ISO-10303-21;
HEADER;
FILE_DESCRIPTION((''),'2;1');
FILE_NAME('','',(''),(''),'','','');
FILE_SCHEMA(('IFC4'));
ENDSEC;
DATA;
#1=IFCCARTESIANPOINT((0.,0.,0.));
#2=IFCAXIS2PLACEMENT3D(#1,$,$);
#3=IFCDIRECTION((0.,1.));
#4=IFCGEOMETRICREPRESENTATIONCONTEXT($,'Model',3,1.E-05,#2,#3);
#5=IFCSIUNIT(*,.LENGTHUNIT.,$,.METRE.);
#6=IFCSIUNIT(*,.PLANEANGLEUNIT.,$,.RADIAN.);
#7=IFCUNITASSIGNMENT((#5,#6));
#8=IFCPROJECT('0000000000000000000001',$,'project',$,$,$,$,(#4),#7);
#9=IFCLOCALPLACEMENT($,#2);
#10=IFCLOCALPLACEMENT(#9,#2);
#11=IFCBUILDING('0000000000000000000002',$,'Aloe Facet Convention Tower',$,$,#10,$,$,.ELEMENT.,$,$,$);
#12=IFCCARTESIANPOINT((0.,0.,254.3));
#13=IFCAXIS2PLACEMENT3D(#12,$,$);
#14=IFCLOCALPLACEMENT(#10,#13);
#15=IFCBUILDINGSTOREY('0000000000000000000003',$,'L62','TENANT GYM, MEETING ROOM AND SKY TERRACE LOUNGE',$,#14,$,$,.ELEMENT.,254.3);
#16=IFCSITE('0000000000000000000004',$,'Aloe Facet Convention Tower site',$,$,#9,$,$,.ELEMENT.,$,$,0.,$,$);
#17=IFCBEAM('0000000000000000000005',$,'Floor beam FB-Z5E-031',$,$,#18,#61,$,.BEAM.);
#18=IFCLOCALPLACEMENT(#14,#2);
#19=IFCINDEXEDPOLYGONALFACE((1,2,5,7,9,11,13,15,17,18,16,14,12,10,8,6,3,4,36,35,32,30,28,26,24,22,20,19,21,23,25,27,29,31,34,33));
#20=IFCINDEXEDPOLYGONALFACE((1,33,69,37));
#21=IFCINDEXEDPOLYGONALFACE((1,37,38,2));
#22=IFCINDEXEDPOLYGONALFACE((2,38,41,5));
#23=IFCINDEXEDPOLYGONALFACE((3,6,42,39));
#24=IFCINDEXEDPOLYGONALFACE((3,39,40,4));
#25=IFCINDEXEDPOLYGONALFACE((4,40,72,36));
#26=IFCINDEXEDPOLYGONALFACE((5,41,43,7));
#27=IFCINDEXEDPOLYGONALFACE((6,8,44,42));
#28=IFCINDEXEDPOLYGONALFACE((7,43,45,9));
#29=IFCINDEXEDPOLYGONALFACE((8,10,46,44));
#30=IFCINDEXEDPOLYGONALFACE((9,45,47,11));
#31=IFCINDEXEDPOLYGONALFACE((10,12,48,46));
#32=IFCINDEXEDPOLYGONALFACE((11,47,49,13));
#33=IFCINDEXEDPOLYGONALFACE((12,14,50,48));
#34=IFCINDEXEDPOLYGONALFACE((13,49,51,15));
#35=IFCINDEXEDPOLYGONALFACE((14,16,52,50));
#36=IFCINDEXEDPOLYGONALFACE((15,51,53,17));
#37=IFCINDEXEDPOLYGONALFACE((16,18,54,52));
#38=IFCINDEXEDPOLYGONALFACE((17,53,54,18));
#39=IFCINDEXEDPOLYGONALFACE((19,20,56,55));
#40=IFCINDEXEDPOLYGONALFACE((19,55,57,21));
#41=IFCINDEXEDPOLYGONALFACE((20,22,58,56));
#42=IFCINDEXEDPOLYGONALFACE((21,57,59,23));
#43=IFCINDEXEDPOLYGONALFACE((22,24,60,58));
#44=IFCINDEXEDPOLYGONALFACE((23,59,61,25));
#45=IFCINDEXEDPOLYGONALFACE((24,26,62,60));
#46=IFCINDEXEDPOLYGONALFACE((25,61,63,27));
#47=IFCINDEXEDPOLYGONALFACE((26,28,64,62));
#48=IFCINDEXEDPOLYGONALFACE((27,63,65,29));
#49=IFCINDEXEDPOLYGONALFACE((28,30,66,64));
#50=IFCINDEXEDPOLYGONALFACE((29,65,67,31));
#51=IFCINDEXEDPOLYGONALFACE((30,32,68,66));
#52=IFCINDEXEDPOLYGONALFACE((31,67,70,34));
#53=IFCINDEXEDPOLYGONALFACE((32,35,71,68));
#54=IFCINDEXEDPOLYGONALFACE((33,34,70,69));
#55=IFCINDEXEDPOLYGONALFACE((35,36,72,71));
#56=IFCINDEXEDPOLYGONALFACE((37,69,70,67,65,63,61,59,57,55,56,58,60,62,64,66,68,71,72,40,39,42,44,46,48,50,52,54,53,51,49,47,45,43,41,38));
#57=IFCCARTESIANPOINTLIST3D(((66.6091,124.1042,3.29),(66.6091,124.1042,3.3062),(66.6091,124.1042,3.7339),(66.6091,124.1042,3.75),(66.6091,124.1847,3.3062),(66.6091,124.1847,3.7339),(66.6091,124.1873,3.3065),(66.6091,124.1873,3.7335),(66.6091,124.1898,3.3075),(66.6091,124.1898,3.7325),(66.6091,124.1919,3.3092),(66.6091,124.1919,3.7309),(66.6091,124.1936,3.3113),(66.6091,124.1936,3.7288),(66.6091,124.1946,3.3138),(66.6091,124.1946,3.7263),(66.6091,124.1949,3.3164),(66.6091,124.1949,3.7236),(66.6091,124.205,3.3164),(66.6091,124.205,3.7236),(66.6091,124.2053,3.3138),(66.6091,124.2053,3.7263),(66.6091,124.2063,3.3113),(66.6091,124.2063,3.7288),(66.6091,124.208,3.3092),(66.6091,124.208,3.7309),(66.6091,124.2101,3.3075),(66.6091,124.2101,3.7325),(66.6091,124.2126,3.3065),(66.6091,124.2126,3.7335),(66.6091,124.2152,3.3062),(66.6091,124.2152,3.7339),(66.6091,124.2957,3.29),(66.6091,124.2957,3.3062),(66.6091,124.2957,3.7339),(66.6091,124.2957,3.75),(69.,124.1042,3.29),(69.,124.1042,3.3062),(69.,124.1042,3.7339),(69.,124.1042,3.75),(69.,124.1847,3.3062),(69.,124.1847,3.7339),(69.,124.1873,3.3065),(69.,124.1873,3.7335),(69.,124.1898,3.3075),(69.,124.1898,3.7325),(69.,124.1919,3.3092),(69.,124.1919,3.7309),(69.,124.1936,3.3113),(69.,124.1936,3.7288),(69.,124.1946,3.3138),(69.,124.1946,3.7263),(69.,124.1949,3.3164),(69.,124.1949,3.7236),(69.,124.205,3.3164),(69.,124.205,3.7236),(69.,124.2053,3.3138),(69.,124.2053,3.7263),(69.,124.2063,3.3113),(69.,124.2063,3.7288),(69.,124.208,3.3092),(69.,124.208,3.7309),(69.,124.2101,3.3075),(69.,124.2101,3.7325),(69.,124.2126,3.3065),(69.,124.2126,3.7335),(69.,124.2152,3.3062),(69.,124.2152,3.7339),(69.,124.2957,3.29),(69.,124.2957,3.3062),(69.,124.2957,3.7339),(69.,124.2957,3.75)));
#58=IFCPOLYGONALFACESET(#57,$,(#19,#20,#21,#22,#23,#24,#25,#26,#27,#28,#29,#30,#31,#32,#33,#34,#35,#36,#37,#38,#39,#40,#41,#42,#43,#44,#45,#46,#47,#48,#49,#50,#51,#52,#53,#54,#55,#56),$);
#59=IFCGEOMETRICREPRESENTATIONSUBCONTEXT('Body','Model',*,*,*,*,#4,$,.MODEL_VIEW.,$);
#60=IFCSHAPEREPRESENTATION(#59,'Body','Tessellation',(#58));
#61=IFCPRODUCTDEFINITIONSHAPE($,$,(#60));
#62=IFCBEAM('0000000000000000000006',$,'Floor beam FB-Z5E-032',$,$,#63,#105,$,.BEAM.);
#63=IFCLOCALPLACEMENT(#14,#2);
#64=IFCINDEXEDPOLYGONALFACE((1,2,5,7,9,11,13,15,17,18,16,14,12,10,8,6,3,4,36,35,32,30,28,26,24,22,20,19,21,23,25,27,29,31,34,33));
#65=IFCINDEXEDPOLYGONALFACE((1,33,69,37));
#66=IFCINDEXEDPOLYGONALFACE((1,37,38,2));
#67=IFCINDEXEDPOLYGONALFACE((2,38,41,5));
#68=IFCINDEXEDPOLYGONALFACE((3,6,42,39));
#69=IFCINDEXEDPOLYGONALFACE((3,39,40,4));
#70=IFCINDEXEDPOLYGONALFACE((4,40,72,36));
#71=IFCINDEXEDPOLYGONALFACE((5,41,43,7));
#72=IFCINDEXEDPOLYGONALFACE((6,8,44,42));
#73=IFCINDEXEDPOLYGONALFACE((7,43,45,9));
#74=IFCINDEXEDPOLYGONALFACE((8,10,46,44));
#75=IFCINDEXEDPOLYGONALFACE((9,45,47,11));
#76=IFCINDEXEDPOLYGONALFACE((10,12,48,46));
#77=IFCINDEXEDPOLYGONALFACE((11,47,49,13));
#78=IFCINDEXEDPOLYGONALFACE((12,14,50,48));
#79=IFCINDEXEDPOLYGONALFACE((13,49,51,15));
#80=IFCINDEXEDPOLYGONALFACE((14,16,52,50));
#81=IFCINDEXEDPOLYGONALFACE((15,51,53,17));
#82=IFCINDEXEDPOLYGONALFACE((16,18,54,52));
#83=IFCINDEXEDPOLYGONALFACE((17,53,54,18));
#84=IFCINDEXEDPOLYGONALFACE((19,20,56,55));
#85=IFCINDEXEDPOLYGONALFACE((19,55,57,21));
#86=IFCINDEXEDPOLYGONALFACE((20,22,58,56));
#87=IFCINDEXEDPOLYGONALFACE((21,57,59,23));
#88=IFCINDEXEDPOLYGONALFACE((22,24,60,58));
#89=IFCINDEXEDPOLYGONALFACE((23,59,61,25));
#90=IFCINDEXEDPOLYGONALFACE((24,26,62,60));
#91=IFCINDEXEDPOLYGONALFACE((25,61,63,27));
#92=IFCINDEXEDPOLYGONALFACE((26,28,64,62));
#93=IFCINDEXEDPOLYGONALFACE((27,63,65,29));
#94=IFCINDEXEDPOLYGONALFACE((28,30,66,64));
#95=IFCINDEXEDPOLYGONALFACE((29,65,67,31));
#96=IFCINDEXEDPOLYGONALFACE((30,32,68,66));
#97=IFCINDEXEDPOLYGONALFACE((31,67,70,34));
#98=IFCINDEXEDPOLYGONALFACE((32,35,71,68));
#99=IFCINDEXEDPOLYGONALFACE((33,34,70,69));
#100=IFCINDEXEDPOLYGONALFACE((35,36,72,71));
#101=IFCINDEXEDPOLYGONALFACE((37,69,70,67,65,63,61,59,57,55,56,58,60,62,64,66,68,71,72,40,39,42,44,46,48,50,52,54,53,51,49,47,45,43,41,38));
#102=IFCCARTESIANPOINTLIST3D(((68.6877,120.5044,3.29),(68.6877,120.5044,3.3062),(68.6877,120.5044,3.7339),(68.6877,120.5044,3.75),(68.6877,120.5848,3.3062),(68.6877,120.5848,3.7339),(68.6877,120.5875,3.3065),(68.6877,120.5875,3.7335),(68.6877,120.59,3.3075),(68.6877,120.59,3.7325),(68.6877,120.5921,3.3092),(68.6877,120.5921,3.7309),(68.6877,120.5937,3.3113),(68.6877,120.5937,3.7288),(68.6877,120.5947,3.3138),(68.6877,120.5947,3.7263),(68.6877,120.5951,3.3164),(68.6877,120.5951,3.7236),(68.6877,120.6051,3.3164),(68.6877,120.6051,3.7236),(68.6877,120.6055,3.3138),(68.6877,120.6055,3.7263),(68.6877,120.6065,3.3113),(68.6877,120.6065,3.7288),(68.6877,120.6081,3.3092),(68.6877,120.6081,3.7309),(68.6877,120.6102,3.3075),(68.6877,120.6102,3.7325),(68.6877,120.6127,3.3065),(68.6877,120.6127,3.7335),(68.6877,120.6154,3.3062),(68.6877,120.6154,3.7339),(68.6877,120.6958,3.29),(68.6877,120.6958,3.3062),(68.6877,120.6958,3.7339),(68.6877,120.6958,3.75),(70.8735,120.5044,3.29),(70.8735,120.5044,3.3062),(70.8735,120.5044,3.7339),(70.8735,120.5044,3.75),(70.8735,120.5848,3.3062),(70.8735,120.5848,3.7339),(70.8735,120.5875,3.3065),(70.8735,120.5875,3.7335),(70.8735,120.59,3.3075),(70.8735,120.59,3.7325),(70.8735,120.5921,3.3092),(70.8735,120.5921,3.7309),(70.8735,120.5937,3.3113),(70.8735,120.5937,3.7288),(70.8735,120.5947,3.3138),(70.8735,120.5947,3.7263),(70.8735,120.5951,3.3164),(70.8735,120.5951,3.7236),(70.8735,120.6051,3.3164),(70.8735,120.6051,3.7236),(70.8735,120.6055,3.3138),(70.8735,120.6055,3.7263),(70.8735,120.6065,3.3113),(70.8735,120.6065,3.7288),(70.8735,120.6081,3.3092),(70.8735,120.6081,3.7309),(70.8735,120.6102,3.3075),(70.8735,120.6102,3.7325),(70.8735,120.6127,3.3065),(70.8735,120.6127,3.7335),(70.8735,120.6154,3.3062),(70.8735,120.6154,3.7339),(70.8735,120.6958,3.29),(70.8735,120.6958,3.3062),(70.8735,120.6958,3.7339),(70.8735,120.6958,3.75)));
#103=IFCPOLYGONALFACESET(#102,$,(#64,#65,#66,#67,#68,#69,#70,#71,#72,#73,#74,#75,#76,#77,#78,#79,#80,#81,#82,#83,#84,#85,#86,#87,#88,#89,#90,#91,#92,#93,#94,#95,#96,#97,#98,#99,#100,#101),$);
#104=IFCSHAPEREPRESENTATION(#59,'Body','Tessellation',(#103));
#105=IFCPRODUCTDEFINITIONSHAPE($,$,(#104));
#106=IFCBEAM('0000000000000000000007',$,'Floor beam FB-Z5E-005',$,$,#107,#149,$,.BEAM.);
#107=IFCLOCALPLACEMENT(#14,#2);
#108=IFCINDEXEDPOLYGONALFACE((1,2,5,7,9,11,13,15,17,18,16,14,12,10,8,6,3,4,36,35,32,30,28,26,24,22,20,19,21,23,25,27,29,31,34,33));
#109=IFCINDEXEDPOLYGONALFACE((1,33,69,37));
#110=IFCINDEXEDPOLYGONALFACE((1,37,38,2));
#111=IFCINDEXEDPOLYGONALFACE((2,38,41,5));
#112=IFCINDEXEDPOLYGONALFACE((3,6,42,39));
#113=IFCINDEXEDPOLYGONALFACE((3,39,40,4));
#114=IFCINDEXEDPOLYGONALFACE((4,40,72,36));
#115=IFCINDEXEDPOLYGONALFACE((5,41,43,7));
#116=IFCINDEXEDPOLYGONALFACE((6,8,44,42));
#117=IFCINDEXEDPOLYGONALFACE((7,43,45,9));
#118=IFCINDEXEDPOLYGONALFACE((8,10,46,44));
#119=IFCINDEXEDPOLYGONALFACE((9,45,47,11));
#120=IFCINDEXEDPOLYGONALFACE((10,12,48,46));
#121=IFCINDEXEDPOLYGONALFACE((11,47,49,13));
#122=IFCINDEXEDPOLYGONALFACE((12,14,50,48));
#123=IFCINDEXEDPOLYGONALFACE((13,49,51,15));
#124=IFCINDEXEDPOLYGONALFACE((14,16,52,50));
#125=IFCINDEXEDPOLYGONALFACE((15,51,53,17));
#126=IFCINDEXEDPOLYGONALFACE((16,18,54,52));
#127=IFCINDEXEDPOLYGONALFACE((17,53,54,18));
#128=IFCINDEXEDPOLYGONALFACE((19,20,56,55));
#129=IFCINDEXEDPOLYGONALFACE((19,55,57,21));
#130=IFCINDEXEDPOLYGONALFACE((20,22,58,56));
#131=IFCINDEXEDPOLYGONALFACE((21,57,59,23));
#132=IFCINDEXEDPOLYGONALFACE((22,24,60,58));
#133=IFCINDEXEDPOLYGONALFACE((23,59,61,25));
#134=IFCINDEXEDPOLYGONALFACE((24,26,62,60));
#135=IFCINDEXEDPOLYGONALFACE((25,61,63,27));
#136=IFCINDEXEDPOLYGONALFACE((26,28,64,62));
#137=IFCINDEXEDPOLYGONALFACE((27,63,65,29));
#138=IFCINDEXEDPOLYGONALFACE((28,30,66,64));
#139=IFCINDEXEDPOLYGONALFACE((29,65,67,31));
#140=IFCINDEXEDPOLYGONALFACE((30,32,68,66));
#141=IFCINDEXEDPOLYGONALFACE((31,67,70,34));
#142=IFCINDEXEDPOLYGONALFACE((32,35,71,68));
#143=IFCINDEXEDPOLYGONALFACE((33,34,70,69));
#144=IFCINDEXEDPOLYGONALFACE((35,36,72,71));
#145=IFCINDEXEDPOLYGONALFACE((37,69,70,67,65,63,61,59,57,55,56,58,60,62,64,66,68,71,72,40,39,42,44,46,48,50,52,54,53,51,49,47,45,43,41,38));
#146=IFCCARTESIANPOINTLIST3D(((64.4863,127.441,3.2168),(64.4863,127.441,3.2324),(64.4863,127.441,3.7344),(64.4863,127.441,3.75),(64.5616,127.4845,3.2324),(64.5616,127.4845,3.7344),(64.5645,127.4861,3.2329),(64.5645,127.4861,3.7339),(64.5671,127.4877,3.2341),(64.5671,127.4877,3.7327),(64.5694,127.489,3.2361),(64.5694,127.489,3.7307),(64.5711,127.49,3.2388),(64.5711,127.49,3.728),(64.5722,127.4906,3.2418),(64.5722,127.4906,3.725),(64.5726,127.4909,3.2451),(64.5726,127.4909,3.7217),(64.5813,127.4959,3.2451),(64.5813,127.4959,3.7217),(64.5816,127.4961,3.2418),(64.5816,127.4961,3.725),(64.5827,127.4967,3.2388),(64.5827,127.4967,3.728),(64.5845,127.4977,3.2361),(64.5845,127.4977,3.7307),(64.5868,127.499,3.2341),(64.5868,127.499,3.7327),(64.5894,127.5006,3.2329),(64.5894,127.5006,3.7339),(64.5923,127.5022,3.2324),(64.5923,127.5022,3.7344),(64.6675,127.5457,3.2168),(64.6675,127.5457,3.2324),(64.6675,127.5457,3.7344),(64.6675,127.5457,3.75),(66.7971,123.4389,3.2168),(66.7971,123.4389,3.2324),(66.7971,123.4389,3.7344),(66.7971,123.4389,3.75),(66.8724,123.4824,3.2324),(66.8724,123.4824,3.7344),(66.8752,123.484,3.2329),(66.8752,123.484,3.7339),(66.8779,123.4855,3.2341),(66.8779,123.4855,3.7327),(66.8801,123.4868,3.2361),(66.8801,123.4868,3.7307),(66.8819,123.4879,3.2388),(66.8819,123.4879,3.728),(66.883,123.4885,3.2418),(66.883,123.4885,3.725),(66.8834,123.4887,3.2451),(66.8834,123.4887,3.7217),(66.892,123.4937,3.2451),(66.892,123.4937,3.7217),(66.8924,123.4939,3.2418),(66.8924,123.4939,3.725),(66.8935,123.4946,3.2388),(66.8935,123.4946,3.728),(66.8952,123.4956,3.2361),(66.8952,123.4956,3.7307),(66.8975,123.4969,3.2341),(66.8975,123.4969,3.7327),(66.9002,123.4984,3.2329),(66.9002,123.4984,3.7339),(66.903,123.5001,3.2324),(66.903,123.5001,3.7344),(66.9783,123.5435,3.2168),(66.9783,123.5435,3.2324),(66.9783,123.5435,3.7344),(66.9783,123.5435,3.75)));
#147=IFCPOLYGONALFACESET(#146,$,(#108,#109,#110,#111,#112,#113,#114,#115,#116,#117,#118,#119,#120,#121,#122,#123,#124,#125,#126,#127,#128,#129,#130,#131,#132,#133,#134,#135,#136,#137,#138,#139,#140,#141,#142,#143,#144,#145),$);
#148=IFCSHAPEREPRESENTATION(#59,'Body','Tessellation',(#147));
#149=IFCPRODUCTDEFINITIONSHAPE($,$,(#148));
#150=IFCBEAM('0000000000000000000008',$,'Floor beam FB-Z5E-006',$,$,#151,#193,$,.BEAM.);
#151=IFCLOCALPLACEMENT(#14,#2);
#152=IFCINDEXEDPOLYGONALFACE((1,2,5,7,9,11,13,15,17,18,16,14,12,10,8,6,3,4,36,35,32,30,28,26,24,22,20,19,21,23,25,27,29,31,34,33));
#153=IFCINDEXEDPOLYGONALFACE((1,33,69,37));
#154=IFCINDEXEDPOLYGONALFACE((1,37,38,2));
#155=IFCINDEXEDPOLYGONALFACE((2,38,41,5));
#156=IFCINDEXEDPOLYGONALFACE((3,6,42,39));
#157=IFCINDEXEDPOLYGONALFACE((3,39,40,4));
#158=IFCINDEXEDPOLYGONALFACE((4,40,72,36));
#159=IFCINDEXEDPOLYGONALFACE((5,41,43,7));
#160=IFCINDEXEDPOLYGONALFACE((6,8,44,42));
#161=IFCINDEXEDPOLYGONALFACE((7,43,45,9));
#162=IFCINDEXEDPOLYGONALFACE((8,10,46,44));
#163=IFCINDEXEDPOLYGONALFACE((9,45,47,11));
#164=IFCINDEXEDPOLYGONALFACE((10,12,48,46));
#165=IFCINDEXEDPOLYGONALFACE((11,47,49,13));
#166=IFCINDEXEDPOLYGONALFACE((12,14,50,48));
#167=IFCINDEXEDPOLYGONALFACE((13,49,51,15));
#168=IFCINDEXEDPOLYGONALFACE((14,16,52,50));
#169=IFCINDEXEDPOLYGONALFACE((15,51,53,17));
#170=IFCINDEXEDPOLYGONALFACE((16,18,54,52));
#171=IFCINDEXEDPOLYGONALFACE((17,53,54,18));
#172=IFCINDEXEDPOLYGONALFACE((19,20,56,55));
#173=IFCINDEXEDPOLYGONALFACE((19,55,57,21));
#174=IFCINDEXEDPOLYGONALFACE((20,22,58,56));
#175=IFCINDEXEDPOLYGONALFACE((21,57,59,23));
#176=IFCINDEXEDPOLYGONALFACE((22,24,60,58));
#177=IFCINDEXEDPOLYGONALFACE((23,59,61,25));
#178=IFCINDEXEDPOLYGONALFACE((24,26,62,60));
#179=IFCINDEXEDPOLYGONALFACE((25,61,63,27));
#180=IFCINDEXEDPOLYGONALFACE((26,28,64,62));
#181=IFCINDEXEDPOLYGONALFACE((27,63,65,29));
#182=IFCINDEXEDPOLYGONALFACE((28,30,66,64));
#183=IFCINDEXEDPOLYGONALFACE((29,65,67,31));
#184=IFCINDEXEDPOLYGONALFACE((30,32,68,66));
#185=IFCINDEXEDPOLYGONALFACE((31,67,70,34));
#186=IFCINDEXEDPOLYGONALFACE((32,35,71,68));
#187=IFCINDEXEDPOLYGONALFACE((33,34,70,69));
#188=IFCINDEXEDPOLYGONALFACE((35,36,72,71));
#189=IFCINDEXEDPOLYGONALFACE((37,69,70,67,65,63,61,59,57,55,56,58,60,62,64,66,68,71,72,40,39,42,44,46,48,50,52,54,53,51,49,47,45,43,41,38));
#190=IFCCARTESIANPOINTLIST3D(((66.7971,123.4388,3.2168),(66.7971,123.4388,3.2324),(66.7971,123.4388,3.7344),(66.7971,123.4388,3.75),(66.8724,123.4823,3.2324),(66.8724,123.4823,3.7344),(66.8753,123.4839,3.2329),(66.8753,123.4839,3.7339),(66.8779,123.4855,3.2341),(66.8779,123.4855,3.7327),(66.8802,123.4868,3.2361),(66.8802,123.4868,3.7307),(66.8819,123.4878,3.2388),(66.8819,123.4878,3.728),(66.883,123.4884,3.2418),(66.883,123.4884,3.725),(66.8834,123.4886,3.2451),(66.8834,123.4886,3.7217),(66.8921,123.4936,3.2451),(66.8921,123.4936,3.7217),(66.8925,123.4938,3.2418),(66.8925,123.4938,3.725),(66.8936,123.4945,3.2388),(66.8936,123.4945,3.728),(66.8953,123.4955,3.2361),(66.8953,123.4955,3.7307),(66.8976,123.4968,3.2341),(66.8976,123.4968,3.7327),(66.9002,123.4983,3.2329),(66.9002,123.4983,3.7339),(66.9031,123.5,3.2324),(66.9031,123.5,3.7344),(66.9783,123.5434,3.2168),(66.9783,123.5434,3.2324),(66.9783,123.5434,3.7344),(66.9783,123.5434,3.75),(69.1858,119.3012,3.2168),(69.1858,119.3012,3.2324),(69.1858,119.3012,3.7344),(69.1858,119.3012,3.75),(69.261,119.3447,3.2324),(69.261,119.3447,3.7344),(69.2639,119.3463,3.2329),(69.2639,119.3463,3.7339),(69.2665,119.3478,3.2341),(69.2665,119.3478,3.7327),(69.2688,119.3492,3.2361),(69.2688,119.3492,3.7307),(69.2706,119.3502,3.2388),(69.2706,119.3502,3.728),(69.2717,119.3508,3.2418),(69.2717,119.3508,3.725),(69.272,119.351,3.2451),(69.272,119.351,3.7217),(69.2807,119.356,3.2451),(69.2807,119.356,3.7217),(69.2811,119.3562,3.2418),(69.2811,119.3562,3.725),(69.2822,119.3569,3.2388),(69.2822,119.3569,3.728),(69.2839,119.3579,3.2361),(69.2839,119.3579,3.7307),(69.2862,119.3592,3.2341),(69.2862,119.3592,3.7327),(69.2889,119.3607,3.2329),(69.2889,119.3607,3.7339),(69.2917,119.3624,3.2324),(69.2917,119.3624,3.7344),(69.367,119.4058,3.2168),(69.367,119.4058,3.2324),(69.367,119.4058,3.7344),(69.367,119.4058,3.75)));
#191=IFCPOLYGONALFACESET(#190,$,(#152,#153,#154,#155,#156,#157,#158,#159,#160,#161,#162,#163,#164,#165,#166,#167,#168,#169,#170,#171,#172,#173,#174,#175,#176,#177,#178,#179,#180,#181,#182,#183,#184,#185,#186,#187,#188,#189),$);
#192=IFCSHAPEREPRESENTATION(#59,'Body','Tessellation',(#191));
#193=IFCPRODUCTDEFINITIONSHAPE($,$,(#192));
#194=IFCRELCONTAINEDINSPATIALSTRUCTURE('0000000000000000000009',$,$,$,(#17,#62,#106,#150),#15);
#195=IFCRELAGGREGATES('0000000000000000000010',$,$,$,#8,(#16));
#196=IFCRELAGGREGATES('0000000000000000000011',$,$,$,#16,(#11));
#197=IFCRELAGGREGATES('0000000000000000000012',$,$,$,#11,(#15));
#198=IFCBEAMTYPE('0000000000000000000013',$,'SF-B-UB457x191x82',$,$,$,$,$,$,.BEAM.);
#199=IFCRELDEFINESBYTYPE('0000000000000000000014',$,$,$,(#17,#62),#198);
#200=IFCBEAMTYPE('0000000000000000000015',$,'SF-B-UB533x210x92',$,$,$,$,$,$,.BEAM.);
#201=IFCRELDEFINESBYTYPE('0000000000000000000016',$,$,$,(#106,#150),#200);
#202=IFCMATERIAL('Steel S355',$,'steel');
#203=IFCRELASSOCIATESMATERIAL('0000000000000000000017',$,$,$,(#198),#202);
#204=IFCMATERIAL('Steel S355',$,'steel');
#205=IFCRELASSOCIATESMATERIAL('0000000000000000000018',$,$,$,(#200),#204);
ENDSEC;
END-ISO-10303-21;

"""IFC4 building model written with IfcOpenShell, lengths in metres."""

from ifc_helpers import new_model, si_unit, direction, frame, origin, origin_2d, place, context, subcontext, project, spatial, i_section, extrude, material, material_profile, profile_set, type_object, element, save


model = new_model("IFC4")

# Units and contexts
model_context = context("Model", 3, precision=1e-05, world=origin(), true_north=direction((0.0, 1.0)))
body_context = subcontext(model_context, "Body", "Model", "MODEL_VIEW")
ifc_project = project(units=[si_unit("LENGTHUNIT", "METRE"), si_unit("PLANEANGLEUNIT", "RADIAN")], contexts=[model_context])

# Site, building, storey
site_placement = place(None, origin())
site = spatial("IfcSite", under=ifc_project, at=site_placement, Name="Aloe Facet Convention Tower site", CompositionType="ELEMENT", RefElevation=0.0)
building_placement = place(site_placement, origin())
building = spatial("IfcBuilding", under=site, at=building_placement, Name="Aloe Facet Convention Tower", CompositionType="ELEMENT")
storey_placement = place(building_placement, frame((0.0, 0.0, 254.3)))
storey = spatial("IfcBuildingStorey", under=building, at=storey_placement, Name="L62", Description="TENANT GYM, MEETING ROOM AND SKY TERRACE LOUNGE", CompositionType="ELEMENT", Elevation=254.3)

# Beams
ifc_material_1 = material(Name="Steel S355", Category="steel")
ifc_material_profile_1 = material_profile(ifc_material_1, i_section(OverallWidth=0.1914, OverallDepth=0.46, WebThickness=0.01, FlangeThickness=0.0161, FilletRadius=0.0103, at=origin_2d()), Name="UB 457x191x82")
ifc_profile_set_1 = profile_set([ifc_material_profile_1], Name="Steel S355")
beam_type_1 = type_object("IfcBeamType", Name="SF-B-UB457x191x82", PredefinedType="BEAM", material=ifc_profile_set_1)
beam_1_placement = place(storey_placement, frame((66.6091, 124.2, 3.52), z_axis=(1.0, 0.0, 0.0), x_axis=(0.0, 1.0, 0.0)))
element("IfcBeam", 1, at=beam_1_placement, inside=storey, type_object=beam_type_1, Name="Floor beam FB-Z5E-031", PredefinedType="BEAM", context=body_context, shape_type="SweptSolid", body=[
    extrude(i_section(OverallWidth=0.1914, OverallDepth=0.46, WebThickness=0.01, FlangeThickness=0.0161, FilletRadius=0.0103, at=origin_2d()), origin(), (0.0, 0.0, 1.0), 2.3909),
])
beam_2_placement = place(storey_placement, frame((68.6877, 120.6001, 3.52), z_axis=(1.0, 0.0, 0.0), x_axis=(0.0, 1.0, 0.0)))
element("IfcBeam", 2, at=beam_2_placement, inside=storey, type_object=beam_type_1, Name="Floor beam FB-Z5E-032", PredefinedType="BEAM", context=body_context, shape_type="SweptSolid", body=[
    extrude(i_section(OverallWidth=0.1914, OverallDepth=0.46, WebThickness=0.01, FlangeThickness=0.0161, FilletRadius=0.0103, at=origin_2d()), origin(), (0.0, 0.0, 1.0), 2.1858),
])
ifc_material_2 = material(Name="Steel S355", Category="steel")
ifc_material_profile_2 = material_profile(ifc_material_2, i_section(OverallWidth=0.2092, OverallDepth=0.5332, WebThickness=0.01, FlangeThickness=0.0156, FilletRadius=0.0127, at=origin_2d()), Name="UB 533x210x92")
ifc_profile_set_2 = profile_set([ifc_material_profile_2], Name="Steel S355")
beam_type_2 = type_object("IfcBeamType", Name="SF-B-UB533x210x92", PredefinedType="BEAM", material=ifc_profile_set_2)
beam_3_placement = place(storey_placement, frame((66.8877, 123.4912, 3.4834), z_axis=(-0.50002, 0.866014, 0.0), x_axis=(-0.866014, -0.50002, 0.0)))
element("IfcBeam", 3, at=beam_3_placement, inside=storey, type_object=beam_type_2, Name="Floor beam FB-Z5E-005", PredefinedType="BEAM", context=body_context, shape_type="SweptSolid", body=[
    extrude(i_section(OverallWidth=0.2092, OverallDepth=0.5332, WebThickness=0.01, FlangeThickness=0.0156, FilletRadius=0.0127, at=origin_2d()), origin(), (0.0, 0.0, 1.0), 4.6213),
])
beam_4_placement = place(storey_placement, frame((69.2764, 119.3535, 3.4834), z_axis=(-0.499964, 0.866046, 0.0), x_axis=(-0.866046, -0.499964, 0.0)))
element("IfcBeam", 4, at=beam_4_placement, inside=storey, type_object=beam_type_2, Name="Floor beam FB-Z5E-006", PredefinedType="BEAM", context=body_context, shape_type="SweptSolid", body=[
    extrude(i_section(OverallWidth=0.2092, OverallDepth=0.5332, WebThickness=0.01, FlangeThickness=0.0156, FilletRadius=0.0127, at=origin_2d()), origin(), (0.0, 0.0, 1.0), 4.7776),
])

save(model, "model.ifc")
